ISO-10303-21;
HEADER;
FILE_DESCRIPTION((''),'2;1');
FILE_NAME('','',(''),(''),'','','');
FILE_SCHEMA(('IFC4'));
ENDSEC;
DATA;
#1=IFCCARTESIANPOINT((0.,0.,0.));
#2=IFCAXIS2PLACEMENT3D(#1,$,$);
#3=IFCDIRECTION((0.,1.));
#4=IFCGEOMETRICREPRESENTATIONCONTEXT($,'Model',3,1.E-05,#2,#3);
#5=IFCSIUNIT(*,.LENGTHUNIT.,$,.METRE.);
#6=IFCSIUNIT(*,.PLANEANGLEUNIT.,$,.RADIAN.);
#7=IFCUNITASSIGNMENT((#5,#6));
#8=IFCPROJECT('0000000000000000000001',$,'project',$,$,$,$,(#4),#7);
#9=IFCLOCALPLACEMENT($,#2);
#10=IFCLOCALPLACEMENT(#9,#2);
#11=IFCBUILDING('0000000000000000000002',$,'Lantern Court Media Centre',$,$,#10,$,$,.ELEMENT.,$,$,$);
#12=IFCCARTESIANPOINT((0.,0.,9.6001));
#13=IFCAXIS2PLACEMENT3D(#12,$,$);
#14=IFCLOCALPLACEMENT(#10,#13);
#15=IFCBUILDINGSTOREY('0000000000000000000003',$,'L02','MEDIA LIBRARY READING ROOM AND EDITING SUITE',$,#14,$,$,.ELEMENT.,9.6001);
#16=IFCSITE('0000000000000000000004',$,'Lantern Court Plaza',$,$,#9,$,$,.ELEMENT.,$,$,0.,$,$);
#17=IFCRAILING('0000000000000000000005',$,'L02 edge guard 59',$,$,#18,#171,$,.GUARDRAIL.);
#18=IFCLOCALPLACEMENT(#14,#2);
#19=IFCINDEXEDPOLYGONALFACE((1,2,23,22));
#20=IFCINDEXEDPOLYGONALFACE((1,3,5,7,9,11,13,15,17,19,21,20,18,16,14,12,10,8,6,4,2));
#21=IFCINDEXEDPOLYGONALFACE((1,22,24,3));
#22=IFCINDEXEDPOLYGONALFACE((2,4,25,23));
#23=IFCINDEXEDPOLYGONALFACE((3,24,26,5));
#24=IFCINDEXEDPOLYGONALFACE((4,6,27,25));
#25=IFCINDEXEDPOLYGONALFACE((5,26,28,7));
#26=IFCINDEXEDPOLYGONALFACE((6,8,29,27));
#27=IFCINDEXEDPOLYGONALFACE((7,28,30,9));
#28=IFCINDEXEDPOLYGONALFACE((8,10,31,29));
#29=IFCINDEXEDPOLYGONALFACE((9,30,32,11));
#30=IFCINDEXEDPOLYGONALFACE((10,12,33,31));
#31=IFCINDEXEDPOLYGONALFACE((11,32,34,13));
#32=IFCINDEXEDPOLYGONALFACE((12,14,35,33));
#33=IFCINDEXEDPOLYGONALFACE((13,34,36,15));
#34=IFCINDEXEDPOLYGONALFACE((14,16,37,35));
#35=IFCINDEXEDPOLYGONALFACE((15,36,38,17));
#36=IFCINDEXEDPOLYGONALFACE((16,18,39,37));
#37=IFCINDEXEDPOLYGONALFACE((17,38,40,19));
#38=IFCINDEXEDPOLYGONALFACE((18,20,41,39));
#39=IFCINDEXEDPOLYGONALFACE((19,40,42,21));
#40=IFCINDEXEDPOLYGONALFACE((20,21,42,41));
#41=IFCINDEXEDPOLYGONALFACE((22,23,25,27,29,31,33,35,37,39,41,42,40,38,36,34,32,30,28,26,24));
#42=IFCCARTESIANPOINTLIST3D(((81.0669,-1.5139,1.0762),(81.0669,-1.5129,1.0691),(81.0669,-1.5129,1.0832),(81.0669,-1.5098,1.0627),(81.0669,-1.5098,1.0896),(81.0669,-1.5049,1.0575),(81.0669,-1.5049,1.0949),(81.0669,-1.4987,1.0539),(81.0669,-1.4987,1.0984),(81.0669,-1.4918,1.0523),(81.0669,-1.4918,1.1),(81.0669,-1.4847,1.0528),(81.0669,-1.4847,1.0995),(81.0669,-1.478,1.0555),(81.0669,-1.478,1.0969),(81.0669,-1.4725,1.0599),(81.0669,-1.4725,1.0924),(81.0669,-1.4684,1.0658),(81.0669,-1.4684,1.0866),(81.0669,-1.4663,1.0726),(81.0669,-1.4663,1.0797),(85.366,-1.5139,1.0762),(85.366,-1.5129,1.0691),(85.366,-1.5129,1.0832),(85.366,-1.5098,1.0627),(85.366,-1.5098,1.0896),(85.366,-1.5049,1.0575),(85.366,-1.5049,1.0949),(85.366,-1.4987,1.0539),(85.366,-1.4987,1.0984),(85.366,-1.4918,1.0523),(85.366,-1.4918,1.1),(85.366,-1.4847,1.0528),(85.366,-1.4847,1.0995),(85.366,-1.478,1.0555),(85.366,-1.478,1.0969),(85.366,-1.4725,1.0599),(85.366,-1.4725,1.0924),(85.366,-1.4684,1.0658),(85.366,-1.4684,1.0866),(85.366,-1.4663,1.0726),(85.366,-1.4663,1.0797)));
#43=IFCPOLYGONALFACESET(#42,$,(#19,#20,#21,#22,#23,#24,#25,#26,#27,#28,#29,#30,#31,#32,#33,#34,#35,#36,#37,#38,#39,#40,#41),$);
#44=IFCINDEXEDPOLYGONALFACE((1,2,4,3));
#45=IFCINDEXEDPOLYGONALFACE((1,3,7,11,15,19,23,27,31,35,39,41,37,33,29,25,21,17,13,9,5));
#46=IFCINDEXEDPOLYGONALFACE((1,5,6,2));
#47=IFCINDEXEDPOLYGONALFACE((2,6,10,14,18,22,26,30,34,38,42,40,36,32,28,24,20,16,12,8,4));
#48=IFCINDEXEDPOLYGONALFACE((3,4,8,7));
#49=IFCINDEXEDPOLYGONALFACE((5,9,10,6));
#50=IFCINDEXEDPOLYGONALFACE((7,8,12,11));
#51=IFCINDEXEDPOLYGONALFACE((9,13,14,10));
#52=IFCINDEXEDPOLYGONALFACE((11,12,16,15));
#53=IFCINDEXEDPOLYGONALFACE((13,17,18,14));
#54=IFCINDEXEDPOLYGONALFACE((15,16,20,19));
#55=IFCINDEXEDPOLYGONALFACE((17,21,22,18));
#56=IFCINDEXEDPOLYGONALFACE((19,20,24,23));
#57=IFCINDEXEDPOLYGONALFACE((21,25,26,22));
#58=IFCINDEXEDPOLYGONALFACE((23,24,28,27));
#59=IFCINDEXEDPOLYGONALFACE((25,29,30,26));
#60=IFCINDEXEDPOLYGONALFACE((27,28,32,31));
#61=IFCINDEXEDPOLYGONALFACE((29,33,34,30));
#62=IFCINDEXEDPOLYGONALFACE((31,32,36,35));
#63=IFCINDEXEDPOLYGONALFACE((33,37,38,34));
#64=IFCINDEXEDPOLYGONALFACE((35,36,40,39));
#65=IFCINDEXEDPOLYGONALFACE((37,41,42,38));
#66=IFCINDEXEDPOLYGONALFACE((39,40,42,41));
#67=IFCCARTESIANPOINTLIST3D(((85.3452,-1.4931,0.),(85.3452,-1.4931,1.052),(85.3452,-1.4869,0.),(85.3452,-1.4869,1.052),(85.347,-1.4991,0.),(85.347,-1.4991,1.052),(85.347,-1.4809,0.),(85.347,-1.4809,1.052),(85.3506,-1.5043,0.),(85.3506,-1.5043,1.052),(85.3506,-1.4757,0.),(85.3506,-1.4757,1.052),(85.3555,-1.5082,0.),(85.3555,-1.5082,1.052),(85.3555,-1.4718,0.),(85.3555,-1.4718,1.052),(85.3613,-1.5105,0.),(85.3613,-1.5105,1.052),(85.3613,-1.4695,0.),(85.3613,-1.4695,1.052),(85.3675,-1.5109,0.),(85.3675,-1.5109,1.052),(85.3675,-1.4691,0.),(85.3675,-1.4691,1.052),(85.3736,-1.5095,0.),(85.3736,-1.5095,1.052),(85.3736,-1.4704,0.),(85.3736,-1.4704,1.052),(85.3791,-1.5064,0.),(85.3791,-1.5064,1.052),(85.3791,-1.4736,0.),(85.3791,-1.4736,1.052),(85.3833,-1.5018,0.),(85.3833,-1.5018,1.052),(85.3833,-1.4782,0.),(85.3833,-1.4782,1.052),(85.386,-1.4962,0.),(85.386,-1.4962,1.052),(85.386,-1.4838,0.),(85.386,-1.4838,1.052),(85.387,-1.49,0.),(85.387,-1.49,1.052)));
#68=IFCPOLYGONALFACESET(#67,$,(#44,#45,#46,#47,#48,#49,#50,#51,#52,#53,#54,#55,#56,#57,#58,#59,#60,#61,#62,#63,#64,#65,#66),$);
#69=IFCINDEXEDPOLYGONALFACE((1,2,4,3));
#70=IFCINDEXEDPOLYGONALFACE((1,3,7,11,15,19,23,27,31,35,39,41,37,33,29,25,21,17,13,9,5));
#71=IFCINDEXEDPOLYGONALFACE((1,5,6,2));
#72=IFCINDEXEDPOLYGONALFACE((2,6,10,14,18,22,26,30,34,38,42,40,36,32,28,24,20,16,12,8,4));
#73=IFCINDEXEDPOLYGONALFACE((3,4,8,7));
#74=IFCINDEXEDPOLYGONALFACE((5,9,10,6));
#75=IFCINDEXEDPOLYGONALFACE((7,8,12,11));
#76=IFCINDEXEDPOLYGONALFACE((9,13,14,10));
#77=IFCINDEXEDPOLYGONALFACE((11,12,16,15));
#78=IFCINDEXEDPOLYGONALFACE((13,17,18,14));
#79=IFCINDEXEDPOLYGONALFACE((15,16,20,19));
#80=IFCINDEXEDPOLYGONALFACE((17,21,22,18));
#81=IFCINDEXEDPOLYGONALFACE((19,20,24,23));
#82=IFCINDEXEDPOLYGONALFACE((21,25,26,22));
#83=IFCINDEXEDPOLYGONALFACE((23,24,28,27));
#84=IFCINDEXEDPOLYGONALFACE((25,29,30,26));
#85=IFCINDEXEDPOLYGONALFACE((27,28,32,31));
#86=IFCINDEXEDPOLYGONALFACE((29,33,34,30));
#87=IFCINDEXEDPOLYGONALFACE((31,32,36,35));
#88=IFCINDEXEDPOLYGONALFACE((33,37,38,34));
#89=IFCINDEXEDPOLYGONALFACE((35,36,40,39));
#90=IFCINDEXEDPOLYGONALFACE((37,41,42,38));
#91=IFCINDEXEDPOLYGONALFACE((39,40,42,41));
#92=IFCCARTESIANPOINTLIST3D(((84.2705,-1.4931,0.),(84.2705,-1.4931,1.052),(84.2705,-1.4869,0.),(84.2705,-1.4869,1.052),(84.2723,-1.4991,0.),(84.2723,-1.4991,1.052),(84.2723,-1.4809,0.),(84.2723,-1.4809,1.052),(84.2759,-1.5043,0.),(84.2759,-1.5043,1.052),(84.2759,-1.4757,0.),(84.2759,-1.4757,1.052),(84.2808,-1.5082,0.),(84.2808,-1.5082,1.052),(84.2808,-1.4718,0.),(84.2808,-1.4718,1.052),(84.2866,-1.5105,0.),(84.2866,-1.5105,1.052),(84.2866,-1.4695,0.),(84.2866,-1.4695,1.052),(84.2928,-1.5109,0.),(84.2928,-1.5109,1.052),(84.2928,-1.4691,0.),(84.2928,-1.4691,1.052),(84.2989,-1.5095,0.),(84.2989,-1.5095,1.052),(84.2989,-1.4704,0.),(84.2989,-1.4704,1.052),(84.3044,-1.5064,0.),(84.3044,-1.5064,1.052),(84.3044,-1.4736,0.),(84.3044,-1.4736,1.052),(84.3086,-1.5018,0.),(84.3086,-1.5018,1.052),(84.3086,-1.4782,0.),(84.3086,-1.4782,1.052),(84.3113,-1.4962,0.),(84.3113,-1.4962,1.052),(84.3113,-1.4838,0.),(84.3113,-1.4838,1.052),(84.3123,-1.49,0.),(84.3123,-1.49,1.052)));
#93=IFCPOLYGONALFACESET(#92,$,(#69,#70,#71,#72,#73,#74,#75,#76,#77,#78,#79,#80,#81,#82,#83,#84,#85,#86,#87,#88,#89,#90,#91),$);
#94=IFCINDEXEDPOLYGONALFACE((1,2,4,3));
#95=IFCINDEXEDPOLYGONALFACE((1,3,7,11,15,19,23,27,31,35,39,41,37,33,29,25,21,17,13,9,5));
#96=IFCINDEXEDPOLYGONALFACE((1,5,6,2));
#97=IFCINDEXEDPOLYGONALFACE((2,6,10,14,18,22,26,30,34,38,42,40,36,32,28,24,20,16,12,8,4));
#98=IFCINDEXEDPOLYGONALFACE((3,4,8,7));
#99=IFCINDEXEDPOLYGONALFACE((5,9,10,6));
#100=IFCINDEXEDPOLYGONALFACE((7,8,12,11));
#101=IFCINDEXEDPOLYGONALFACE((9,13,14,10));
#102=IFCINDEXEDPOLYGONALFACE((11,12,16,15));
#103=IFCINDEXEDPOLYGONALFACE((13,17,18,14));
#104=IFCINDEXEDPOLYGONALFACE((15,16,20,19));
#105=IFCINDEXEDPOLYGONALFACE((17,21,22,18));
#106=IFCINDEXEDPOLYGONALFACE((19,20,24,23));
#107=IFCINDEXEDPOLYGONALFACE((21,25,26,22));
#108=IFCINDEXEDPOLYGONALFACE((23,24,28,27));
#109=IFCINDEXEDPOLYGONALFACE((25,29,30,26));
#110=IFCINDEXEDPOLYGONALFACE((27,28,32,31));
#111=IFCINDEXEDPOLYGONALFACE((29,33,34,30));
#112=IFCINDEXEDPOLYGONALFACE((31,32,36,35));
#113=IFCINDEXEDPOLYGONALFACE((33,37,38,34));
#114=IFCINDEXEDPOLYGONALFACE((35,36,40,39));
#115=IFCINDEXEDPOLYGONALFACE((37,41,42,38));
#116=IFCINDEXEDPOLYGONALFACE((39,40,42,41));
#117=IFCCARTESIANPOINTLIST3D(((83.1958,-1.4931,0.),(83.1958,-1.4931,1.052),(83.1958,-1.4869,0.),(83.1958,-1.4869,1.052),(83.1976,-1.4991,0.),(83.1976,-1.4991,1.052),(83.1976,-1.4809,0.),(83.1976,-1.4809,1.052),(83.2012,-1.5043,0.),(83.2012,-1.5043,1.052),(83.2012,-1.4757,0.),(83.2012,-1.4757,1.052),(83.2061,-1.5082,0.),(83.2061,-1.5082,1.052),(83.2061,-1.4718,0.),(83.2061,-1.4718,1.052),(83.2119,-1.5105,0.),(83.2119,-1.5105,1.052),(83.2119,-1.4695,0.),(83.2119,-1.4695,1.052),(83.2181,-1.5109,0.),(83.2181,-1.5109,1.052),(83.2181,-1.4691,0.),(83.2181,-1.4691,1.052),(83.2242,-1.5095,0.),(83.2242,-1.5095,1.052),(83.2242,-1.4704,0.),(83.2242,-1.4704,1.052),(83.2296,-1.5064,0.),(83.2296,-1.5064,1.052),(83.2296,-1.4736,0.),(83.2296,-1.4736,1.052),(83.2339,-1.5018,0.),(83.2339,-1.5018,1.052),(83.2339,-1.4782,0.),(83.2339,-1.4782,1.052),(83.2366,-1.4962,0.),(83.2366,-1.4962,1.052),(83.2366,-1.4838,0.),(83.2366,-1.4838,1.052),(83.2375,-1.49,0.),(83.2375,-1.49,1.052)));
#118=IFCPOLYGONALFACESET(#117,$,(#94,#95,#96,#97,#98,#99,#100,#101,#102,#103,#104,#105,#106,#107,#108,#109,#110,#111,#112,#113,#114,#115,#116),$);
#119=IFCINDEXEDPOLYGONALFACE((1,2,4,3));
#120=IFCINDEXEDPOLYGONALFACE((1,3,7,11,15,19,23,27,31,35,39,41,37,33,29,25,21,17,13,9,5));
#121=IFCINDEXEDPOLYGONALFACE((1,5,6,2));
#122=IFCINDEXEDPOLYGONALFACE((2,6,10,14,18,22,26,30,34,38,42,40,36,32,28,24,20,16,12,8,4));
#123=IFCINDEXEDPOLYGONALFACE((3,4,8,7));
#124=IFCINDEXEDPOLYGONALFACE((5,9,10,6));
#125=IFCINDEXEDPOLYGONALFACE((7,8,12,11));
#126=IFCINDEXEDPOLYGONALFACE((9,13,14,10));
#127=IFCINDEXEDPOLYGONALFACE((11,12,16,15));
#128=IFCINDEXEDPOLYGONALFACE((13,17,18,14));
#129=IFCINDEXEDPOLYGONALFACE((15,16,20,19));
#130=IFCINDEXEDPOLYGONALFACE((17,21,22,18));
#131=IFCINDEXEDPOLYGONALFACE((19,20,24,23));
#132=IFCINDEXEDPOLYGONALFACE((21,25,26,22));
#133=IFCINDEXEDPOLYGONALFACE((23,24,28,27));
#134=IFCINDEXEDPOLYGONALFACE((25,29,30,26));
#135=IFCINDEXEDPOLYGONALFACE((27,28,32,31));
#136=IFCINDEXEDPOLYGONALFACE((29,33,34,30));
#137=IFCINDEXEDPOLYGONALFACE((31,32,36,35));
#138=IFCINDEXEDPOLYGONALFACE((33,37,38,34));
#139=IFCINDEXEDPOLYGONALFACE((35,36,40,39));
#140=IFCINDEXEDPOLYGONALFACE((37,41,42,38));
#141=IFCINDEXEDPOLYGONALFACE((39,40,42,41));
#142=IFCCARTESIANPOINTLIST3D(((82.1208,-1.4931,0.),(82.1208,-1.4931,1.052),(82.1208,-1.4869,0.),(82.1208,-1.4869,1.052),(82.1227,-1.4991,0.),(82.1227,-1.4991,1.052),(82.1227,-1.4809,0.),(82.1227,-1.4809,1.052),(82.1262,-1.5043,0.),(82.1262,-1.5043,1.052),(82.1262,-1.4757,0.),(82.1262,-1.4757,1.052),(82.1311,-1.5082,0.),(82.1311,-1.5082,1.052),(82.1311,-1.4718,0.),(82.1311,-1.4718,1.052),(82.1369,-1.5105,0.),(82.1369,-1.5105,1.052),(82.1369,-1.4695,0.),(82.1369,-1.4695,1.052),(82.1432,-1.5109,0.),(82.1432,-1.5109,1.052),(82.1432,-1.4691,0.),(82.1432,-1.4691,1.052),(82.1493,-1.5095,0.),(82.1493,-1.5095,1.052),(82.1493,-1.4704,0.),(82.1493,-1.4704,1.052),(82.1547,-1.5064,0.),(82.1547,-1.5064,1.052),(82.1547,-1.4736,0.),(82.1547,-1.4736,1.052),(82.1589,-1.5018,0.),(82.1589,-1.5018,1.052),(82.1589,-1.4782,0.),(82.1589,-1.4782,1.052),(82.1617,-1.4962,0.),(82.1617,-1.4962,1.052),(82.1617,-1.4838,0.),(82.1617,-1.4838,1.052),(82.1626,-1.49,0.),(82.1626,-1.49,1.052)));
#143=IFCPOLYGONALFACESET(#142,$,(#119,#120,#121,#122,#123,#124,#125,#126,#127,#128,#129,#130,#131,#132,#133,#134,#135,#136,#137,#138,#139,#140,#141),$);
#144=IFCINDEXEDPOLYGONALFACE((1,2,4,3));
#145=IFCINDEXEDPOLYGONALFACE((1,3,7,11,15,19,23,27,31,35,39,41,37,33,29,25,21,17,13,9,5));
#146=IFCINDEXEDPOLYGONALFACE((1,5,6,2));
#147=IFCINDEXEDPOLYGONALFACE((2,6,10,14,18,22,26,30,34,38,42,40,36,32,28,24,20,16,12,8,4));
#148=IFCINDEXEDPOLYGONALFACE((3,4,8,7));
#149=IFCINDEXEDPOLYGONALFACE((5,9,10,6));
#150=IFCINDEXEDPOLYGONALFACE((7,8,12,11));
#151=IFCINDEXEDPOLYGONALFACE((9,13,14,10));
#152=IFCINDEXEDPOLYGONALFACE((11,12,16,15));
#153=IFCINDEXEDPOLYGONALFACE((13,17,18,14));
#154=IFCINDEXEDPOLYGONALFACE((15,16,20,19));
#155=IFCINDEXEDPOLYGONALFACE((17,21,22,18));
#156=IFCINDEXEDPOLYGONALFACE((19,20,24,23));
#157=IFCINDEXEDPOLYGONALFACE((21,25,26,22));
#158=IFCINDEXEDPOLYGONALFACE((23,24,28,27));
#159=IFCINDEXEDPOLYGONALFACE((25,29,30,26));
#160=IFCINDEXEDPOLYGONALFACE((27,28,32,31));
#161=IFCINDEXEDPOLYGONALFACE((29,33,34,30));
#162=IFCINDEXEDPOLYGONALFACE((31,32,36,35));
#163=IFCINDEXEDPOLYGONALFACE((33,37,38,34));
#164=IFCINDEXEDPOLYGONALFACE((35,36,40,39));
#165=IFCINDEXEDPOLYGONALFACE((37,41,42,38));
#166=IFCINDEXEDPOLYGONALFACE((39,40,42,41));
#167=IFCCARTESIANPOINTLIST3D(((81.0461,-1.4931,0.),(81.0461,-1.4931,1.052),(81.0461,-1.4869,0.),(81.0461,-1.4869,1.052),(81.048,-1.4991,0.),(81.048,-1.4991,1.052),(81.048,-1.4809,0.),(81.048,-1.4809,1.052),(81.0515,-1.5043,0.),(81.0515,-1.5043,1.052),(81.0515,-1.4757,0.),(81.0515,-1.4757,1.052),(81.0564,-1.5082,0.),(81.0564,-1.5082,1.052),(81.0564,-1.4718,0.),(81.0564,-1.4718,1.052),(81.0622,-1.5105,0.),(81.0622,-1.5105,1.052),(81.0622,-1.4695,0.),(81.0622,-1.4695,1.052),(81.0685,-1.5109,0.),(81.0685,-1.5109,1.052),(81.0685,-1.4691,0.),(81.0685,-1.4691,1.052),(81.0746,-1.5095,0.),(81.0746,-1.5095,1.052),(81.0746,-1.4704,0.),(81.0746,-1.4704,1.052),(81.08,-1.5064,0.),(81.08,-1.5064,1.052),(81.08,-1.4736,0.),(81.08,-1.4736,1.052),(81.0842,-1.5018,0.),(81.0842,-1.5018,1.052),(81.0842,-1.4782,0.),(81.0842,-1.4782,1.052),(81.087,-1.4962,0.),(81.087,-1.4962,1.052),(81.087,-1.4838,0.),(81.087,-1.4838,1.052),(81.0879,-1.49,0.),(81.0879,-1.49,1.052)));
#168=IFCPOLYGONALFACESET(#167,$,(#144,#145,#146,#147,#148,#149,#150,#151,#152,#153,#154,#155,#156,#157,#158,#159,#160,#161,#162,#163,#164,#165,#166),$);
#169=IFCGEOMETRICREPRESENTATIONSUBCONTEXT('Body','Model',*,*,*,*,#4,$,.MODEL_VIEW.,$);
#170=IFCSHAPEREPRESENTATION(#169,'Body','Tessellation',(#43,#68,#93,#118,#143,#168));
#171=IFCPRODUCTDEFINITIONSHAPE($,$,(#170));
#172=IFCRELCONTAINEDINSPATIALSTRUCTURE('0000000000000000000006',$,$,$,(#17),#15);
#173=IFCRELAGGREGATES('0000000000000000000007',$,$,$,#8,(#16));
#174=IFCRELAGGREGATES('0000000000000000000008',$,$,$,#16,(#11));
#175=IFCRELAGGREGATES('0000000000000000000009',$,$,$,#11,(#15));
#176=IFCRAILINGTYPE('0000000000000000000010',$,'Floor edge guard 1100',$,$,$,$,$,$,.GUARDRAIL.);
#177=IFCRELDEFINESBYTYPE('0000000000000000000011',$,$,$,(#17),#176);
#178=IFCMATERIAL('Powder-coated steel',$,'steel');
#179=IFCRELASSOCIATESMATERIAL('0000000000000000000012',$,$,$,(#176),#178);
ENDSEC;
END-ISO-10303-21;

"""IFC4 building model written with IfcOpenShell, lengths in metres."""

from ifc_helpers import new_model, si_unit, direction, frame, origin, origin_2d, place, context, subcontext, project, spatial, circle, extrude, material, type_object, element, save


model = new_model("IFC4")

# Units and contexts
model_context = context("Model", 3, precision=1e-05, world=origin(), true_north=direction((0.0, 1.0)))
body_context = subcontext(model_context, "Body", "Model", "MODEL_VIEW")
ifc_project = project(units=[si_unit("LENGTHUNIT", "METRE"), si_unit("PLANEANGLEUNIT", "RADIAN")], contexts=[model_context])

# Site, building, storey
site_placement = place(None, origin())
site = spatial("IfcSite", under=ifc_project, at=site_placement, Name="Lantern Court Plaza", CompositionType="ELEMENT", RefElevation=0.0)
building_placement = place(site_placement, origin())
building = spatial("IfcBuilding", under=site, at=building_placement, Name="Lantern Court Media Centre", CompositionType="ELEMENT")
storey_placement = place(building_placement, frame((0.0, 0.0, 9.6001)))
storey = spatial("IfcBuildingStorey", under=building, at=storey_placement, Name="L02", Description="MEDIA LIBRARY READING ROOM AND EDITING SUITE", CompositionType="ELEMENT", Elevation=9.6001)

# Railing
ifc_material_1 = material(Name="Powder-coated steel", Category="steel")
railing_type = type_object("IfcRailingType", Name="Floor edge guard 1100", PredefinedType="GUARDRAIL", material=ifc_material_1)
railing_1_placement = place(storey_placement, frame((85.366, -1.49, 0.0)))
element("IfcRailing", 1, at=railing_1_placement, inside=storey, type_object=railing_type, Name="L02 edge guard 59", PredefinedType="GUARDRAIL", context=body_context, shape_type="SweptSolid", body=[
    extrude(circle(Radius=0.0239, at=origin_2d()), frame((0.0, 0.0, 1.0762), z_axis=(-1.0, 0.0, 0.0), x_axis=(0.0, -1.0, 0.0)), (0.0, 0.0, 1.0), 4.2991),
    extrude(circle(Radius=0.021, at=origin_2d()), origin(), (0.0, 0.0, 1.0), 1.052),
    extrude(circle(Radius=0.021, at=origin_2d()), frame((-1.0747, 0.0, 0.0)), (0.0, 0.0, 1.0), 1.052),
    extrude(circle(Radius=0.021, at=origin_2d()), frame((-2.1494, 0.0, 0.0)), (0.0, 0.0, 1.0), 1.052),
    extrude(circle(Radius=0.021, at=origin_2d()), frame((-3.2244, 0.0, 0.0)), (0.0, 0.0, 1.0), 1.052),
    extrude(circle(Radius=0.021, at=origin_2d()), frame((-4.2991, 0.0, 0.0)), (0.0, 0.0, 1.0), 1.052),
])

save(model, "model.ifc")
